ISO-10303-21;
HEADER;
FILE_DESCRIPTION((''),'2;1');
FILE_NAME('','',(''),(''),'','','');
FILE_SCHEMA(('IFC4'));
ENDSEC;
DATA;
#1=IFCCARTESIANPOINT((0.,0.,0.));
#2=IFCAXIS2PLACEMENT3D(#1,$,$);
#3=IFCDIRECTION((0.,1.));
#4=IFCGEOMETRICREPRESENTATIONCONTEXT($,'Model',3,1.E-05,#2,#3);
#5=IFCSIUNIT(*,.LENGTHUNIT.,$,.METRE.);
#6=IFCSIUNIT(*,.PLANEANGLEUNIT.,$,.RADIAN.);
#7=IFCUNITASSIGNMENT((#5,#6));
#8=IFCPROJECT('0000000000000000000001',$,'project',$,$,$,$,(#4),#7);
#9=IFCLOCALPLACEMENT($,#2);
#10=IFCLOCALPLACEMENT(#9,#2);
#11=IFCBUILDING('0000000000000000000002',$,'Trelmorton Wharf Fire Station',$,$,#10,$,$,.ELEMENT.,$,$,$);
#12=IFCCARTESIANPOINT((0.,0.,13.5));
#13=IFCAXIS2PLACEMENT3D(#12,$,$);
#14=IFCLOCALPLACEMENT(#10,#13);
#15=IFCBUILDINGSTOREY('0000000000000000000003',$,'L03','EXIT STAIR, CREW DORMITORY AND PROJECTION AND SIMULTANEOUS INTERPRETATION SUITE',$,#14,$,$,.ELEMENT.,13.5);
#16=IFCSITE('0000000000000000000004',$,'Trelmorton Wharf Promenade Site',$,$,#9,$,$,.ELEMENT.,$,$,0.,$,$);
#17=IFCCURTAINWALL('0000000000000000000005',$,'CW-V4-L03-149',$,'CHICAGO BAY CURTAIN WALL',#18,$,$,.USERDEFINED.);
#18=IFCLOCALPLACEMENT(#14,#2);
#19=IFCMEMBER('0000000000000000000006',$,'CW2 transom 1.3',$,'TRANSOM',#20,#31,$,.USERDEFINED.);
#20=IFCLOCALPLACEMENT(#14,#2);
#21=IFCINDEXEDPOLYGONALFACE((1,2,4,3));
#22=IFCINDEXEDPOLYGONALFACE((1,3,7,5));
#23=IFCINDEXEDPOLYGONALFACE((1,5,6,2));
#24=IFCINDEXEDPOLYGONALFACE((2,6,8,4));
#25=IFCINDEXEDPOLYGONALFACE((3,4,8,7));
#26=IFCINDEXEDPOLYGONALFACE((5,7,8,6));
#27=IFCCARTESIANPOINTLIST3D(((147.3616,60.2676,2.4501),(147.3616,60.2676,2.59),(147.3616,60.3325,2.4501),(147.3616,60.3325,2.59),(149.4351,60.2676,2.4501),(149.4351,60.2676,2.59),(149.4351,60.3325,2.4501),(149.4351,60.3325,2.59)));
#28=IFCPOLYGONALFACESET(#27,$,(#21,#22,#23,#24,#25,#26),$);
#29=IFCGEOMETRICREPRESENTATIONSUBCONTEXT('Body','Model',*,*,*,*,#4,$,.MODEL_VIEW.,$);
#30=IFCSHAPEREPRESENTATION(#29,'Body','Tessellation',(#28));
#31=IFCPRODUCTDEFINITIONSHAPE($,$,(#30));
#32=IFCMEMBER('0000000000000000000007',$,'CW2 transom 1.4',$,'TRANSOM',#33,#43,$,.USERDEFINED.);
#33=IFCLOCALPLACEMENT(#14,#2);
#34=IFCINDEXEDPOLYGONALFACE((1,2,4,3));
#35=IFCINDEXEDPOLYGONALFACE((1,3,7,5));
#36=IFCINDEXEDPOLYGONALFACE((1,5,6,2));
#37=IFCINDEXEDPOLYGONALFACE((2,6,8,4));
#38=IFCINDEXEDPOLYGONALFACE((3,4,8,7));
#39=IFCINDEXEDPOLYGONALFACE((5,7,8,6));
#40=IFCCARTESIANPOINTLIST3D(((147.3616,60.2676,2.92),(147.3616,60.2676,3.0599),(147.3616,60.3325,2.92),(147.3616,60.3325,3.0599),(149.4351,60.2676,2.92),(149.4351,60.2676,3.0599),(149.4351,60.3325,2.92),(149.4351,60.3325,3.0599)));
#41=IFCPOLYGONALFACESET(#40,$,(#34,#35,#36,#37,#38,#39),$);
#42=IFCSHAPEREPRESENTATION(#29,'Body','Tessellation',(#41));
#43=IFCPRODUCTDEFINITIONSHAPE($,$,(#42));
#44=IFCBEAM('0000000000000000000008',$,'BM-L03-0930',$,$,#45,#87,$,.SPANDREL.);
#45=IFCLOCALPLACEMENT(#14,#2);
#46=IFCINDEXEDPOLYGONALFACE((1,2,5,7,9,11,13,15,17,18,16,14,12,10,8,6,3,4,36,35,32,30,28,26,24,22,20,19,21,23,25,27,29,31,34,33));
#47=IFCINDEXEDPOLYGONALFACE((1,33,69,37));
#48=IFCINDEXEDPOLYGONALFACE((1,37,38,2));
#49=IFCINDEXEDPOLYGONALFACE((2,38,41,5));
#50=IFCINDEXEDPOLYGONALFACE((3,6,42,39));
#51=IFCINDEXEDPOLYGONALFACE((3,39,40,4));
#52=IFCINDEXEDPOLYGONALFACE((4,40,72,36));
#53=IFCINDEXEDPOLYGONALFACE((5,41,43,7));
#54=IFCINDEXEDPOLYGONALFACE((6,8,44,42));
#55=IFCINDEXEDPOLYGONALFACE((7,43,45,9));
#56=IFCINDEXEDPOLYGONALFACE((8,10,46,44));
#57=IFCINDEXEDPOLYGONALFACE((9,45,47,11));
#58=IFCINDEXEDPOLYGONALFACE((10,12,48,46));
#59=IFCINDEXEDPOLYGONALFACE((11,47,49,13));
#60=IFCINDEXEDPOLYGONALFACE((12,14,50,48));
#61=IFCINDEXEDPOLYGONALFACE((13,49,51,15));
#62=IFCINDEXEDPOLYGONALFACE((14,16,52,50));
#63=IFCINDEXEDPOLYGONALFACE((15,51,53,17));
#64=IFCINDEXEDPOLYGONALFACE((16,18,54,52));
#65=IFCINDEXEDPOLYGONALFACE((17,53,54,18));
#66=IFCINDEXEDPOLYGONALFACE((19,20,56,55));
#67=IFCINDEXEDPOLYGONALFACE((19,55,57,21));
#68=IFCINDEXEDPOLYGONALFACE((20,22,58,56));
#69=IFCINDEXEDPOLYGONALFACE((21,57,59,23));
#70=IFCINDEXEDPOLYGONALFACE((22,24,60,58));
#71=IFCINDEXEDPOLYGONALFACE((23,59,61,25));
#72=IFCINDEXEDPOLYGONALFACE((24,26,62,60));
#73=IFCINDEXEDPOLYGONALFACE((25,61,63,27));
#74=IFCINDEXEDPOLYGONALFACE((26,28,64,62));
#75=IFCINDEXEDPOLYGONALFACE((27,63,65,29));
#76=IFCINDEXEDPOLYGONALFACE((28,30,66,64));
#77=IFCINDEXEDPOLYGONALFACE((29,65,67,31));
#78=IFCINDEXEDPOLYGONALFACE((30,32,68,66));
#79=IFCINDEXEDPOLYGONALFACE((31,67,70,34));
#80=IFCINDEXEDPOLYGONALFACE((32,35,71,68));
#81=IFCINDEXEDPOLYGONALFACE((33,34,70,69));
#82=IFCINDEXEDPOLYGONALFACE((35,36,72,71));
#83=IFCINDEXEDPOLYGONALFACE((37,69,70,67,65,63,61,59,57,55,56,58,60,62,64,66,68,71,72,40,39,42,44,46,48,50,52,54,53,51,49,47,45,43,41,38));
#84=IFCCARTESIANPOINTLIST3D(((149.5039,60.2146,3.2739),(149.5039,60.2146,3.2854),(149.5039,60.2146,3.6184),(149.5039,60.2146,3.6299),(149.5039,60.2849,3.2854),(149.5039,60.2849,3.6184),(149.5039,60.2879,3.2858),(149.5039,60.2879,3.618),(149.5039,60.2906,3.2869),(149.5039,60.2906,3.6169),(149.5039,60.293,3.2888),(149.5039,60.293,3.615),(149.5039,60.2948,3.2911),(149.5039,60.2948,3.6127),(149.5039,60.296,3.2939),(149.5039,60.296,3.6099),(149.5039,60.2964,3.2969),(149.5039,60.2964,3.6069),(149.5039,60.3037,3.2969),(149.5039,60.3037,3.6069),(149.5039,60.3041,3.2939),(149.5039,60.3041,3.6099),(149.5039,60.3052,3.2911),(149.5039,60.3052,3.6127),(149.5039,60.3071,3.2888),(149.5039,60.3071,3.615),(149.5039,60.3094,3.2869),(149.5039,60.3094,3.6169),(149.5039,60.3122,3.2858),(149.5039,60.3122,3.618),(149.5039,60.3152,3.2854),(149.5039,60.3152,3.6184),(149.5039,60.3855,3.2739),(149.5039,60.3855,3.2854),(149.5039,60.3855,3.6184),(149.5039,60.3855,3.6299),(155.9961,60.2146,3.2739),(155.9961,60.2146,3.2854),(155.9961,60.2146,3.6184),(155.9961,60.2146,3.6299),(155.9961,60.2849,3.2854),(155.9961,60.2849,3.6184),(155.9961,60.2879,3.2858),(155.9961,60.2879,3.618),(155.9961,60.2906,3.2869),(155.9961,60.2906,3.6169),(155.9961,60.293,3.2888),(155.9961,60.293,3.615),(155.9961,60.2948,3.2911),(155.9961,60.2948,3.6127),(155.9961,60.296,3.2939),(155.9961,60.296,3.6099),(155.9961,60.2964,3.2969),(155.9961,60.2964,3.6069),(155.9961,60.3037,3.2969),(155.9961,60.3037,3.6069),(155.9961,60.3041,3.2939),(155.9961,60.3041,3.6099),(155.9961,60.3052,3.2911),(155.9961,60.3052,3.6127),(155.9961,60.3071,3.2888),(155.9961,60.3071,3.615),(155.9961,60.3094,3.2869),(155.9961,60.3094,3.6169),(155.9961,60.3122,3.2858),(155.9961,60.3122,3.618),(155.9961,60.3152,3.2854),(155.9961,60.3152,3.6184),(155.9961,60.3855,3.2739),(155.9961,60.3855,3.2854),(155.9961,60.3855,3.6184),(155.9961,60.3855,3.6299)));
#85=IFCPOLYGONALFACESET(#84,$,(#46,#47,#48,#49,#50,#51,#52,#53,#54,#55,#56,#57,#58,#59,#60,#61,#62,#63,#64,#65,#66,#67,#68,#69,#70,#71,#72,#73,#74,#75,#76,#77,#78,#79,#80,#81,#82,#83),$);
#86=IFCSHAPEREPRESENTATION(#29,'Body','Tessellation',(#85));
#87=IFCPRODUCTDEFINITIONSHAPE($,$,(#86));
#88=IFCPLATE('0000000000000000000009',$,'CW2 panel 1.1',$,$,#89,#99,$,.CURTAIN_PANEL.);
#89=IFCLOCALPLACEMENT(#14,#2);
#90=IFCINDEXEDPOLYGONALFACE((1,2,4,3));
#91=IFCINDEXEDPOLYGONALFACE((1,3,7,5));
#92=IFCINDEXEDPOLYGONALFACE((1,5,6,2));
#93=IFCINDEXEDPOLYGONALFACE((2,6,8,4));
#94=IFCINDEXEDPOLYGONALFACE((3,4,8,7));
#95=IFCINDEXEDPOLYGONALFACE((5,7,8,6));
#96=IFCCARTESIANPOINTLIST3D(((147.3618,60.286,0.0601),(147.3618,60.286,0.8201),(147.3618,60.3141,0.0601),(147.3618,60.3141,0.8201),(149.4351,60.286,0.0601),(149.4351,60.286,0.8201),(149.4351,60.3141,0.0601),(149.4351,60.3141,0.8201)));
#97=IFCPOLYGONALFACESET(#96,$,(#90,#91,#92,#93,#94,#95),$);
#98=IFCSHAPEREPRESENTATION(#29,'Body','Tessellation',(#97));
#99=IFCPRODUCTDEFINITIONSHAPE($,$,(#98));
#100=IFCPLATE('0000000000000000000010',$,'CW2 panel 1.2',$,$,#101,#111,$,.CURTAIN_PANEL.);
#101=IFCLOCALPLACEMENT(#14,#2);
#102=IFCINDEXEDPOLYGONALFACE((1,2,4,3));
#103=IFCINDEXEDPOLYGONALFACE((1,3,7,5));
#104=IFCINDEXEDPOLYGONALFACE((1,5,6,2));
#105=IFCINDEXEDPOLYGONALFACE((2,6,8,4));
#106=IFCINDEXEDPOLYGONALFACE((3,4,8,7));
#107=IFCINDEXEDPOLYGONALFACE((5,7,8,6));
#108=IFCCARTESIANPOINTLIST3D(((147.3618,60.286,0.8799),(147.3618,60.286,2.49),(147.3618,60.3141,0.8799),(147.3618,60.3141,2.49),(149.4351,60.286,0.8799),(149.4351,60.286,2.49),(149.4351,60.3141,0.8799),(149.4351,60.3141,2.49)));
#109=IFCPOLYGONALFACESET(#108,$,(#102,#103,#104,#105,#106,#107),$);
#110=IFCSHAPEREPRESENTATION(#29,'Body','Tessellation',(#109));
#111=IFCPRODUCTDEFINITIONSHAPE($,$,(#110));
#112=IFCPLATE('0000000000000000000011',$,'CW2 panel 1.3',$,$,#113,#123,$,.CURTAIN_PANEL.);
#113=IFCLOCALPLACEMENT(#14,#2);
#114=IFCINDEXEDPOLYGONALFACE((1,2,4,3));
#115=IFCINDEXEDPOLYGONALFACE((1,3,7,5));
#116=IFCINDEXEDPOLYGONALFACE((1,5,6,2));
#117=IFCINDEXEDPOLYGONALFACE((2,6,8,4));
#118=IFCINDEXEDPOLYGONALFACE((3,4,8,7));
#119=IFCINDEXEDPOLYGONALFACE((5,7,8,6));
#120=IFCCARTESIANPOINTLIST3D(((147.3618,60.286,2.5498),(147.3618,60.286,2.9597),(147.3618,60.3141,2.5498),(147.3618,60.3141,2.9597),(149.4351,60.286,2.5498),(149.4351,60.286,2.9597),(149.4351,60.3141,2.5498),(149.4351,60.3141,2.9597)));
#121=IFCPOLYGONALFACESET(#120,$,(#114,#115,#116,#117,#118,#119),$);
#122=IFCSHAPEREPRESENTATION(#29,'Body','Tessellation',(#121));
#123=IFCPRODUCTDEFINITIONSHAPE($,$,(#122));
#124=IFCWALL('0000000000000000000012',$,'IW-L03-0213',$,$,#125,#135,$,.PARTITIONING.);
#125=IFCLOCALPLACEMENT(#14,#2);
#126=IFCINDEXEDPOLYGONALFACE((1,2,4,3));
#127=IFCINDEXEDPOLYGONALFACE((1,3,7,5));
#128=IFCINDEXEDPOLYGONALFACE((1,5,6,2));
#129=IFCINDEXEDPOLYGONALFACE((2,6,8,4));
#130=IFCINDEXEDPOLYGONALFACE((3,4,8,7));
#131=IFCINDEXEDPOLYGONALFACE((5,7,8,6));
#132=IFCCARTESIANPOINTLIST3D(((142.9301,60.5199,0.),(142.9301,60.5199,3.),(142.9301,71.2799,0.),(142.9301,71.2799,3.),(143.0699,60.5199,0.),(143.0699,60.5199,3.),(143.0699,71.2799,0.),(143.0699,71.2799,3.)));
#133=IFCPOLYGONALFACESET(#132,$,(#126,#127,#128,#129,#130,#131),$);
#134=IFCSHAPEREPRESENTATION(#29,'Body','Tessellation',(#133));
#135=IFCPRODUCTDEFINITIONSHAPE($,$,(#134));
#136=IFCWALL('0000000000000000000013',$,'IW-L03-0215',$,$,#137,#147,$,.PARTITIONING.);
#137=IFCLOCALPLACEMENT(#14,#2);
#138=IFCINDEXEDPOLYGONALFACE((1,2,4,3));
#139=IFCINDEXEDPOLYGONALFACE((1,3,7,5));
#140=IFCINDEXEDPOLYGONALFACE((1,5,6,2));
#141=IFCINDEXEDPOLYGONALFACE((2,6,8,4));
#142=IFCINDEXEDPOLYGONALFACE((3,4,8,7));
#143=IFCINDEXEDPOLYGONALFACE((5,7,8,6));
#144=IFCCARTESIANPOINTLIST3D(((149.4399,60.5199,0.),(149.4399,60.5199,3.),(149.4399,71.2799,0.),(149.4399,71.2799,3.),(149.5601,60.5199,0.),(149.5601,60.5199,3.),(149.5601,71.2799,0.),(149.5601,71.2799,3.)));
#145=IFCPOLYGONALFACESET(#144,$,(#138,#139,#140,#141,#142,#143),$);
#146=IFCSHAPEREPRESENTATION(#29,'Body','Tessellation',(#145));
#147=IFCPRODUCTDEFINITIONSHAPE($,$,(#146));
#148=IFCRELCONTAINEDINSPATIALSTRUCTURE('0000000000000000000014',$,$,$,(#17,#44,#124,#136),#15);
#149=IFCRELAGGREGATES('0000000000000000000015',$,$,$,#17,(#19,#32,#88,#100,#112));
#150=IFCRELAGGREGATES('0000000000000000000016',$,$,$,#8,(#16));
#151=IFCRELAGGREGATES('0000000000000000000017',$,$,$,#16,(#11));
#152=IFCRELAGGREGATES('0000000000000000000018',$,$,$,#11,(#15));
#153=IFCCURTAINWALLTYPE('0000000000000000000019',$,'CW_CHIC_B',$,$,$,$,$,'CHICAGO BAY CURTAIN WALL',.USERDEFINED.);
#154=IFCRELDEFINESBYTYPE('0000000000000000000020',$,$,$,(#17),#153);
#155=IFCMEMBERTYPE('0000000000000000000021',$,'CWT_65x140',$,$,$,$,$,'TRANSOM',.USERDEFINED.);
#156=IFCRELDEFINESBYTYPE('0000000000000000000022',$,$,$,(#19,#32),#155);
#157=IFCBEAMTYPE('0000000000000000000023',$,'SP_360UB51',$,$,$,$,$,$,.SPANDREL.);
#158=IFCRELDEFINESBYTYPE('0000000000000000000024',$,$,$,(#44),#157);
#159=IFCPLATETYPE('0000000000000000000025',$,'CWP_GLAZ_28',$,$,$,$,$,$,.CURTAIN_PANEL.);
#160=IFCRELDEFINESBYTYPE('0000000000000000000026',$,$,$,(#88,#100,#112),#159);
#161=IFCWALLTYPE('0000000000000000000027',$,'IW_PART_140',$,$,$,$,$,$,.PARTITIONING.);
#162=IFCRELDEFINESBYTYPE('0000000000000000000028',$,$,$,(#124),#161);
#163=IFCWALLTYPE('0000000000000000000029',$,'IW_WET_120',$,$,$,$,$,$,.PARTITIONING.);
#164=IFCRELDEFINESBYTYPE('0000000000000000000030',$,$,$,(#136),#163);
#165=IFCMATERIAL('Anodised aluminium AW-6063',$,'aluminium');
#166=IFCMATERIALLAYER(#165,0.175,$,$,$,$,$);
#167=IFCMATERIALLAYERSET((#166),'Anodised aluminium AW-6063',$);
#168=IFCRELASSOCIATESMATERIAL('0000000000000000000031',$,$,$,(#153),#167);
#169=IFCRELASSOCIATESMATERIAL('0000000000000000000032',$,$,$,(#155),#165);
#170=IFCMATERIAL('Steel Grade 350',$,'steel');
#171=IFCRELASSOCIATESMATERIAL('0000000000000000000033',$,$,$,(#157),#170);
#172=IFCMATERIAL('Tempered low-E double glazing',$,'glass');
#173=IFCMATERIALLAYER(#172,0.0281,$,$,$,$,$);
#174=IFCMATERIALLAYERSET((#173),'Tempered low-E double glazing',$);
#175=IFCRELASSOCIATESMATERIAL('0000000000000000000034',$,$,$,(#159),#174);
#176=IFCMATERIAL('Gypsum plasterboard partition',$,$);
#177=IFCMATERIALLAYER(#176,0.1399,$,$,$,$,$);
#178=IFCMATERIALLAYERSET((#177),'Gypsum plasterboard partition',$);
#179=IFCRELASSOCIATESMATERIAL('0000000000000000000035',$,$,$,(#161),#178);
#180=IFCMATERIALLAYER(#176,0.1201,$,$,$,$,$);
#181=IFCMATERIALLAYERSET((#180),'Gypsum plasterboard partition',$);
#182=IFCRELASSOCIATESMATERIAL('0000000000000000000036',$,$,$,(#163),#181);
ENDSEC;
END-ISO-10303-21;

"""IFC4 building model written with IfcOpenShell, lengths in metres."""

from ifc_helpers import new_model, si_unit, direction, frame, frame_2d, origin, origin_2d, place, context, subcontext, project, spatial, rectangle, i_section, extrude, material, layer, layer_set, material_profile, profile_set, type_object, element, aggregate, save


model = new_model("IFC4")

# Units and contexts
model_context = context("Model", 3, precision=1e-05, world=origin(), true_north=direction((0.0, 1.0)))
body_context = subcontext(model_context, "Body", "Model", "MODEL_VIEW")
ifc_project = project(units=[si_unit("LENGTHUNIT", "METRE"), si_unit("PLANEANGLEUNIT", "RADIAN")], contexts=[model_context])

# Site, building, storey
site_placement = place(None, origin())
site = spatial("IfcSite", under=ifc_project, at=site_placement, Name="Trelmorton Wharf Promenade Site", CompositionType="ELEMENT", RefElevation=0.0)
building_placement = place(site_placement, origin())
building = spatial("IfcBuilding", under=site, at=building_placement, Name="Trelmorton Wharf Fire Station", CompositionType="ELEMENT")
storey_placement = place(building_placement, frame((0.0, 0.0, 13.5)))
storey = spatial("IfcBuildingStorey", under=building, at=storey_placement, Name="L03", Description="EXIT STAIR, CREW DORMITORY AND PROJECTION AND SIMULTANEOUS INTERPRETATION SUITE", CompositionType="ELEMENT", Elevation=13.5)

# Shared definitions
ifc_material_1 = material(Name="Steel Grade 350", Category="steel")

# Curtain wall, members
ifc_material_2 = material(Name="Anodised aluminium AW-6063", Category="aluminium")
ifc_layer_1 = layer(ifc_material_2, 0.175)
ifc_layer_set_1 = layer_set([ifc_layer_1], Name="Anodised aluminium AW-6063")
curtain_wall_type = type_object("IfcCurtainWallType", Name="CW_CHIC_B", ElementType="CHICAGO BAY CURTAIN WALL", PredefinedType="USERDEFINED", material=ifc_layer_set_1)
curtain_wall_placement = place(storey_placement, origin())
curtain_wall = element("IfcCurtainWall", 1, at=curtain_wall_placement, inside=storey, type_object=curtain_wall_type, Name="CW-V4-L03-149", ObjectType="CHICAGO BAY CURTAIN WALL", PredefinedType="USERDEFINED")
ifc_material_profile_1 = material_profile(ifc_material_2, rectangle(XDim=0.0649, YDim=0.1399, at=origin_2d()), Name="ALU-65x140")
ifc_profile_set_1 = profile_set([ifc_material_profile_1], Name="Anodised aluminium AW-6063")
member_type_1 = type_object("IfcMemberType", Name="CWT_65x140", ElementType="TRANSOM", PredefinedType="USERDEFINED", material=ifc_profile_set_1)
member_1_placement = place(storey_placement, frame((149.4351, 60.3, 2.52), z_axis=(-1.0, 0.0, 0.0), x_axis=(0.0, -1.0, 0.0)))
member_1 = element("IfcMember", 2, at=member_1_placement, type_object=member_type_1, Name="CW2 transom 1.3", ObjectType="TRANSOM", PredefinedType="USERDEFINED", context=body_context, shape_type="SweptSolid", body=[
    extrude(rectangle(XDim=0.0649, YDim=0.1399, at=origin_2d()), origin(), (0.0, 0.0, 1.0), 2.0735),
])
member_2_placement = place(storey_placement, frame((149.4351, 60.3, 2.99), z_axis=(-1.0, 0.0, 0.0), x_axis=(0.0, -1.0, 0.0)))
member_2 = element("IfcMember", 3, at=member_2_placement, type_object=member_type_1, Name="CW2 transom 1.4", ObjectType="TRANSOM", PredefinedType="USERDEFINED", context=body_context, shape_type="SweptSolid", body=[
    extrude(rectangle(XDim=0.0649, YDim=0.1399, at=origin_2d()), origin(), (0.0, 0.0, 1.0), 2.0735),
])

# Beam
ifc_material_profile_2 = material_profile(ifc_material_1, i_section(OverallWidth=0.1709, OverallDepth=0.356, WebThickness=0.0073, FlangeThickness=0.0115, FilletRadius=0.0115, at=origin_2d()), Name="360UB50.7")
ifc_profile_set_2 = profile_set([ifc_material_profile_2], Name="Steel Grade 350")
beam_type_1 = type_object("IfcBeamType", Name="SP_360UB51", PredefinedType="SPANDREL", material=ifc_profile_set_2)
beam_1_placement = place(storey_placement, frame((149.5039, 60.3, 3.4519), z_axis=(1.0, 0.0, 0.0), x_axis=(0.0, 1.0, 0.0)))
element("IfcBeam", 4, at=beam_1_placement, inside=storey, type_object=beam_type_1, Name="BM-L03-0930", PredefinedType="SPANDREL", context=body_context, shape_type="SweptSolid", body=[
    extrude(i_section(OverallWidth=0.1709, OverallDepth=0.356, WebThickness=0.0073, FlangeThickness=0.0115, FilletRadius=0.0115, at=origin_2d()), origin(), (0.0, 0.0, 1.0), 6.4922),
])

# Plates
ifc_material_3 = material(Name="Tempered low-E double glazing", Category="glass")
ifc_layer_2 = layer(ifc_material_3, 0.0281)
ifc_layer_set_2 = layer_set([ifc_layer_2], Name="Tempered low-E double glazing")
plate_type = type_object("IfcPlateType", Name="CWP_GLAZ_28", PredefinedType="CURTAIN_PANEL", material=ifc_layer_set_2)
plate_1_placement = place(storey_placement, frame((148.3984, 60.3, 0.0601), z_axis=(0.0, 0.0, 1.0), x_axis=(-1.0, 0.0, 0.0)))
plate_1 = element("IfcPlate", 5, at=plate_1_placement, type_object=plate_type, Name="CW2 panel 1.1", PredefinedType="CURTAIN_PANEL", context=body_context, shape_type="SweptSolid", body=[
    extrude(rectangle(XDim=2.0732, YDim=0.0281, at=origin_2d()), origin(), (0.0, 0.0, 1.0), 0.76),
])
plate_2_placement = place(storey_placement, frame((148.3984, 60.3, 0.8799), z_axis=(0.0, 0.0, 1.0), x_axis=(-1.0, 0.0, 0.0)))
plate_2 = element("IfcPlate", 6, at=plate_2_placement, type_object=plate_type, Name="CW2 panel 1.2", PredefinedType="CURTAIN_PANEL", context=body_context, shape_type="SweptSolid", body=[
    extrude(rectangle(XDim=2.0732, YDim=0.0281, at=origin_2d()), origin(), (0.0, 0.0, 1.0), 1.6101),
])
plate_3_placement = place(storey_placement, frame((148.3984, 60.3, 2.5498), z_axis=(0.0, 0.0, 1.0), x_axis=(-1.0, 0.0, 0.0)))
plate_3 = element("IfcPlate", 7, at=plate_3_placement, type_object=plate_type, Name="CW2 panel 1.3", PredefinedType="CURTAIN_PANEL", context=body_context, shape_type="SweptSolid", body=[
    extrude(rectangle(XDim=2.0732, YDim=0.0281, at=origin_2d()), origin(), (0.0, 0.0, 1.0), 0.4099),
])
aggregate(curtain_wall, [member_1, member_2, plate_1, plate_2, plate_3])

# Walls
ifc_material_4 = material(Name="Gypsum plasterboard partition")
ifc_layer_3 = layer(ifc_material_4, 0.1399)
ifc_layer_set_3 = layer_set([ifc_layer_3], Name="Gypsum plasterboard partition")
wall_type_1 = type_object("IfcWallType", Name="IW_PART_140", PredefinedType="PARTITIONING", material=ifc_layer_set_3)
wall_1_placement = place(storey_placement, frame((143.0, 60.52, 0.0), z_axis=(0.0, 0.0, 1.0), x_axis=(0.0, 1.0, 0.0)))
element("IfcWall", 8, at=wall_1_placement, inside=storey, type_object=wall_type_1, Name="IW-L03-0213", PredefinedType="PARTITIONING", context=body_context, shape_type="SweptSolid", body=[
    extrude(rectangle(XDim=10.76, YDim=0.1399, at=frame_2d((5.3799, 0.0))), origin(), (0.0, 0.0, 1.0), 3.0),
])
ifc_layer_4 = layer(ifc_material_4, 0.1201)
ifc_layer_set_4 = layer_set([ifc_layer_4], Name="Gypsum plasterboard partition")
wall_type_2 = type_object("IfcWallType", Name="IW_WET_120", PredefinedType="PARTITIONING", material=ifc_layer_set_4)
wall_2_placement = place(storey_placement, frame((149.5, 60.52, 0.0), z_axis=(0.0, 0.0, 1.0), x_axis=(0.0, 1.0, 0.0)))
element("IfcWall", 9, at=wall_2_placement, inside=storey, type_object=wall_type_2, Name="IW-L03-0215", PredefinedType="PARTITIONING", context=body_context, shape_type="SweptSolid", body=[
    extrude(rectangle(XDim=10.76, YDim=0.1201, at=frame_2d((5.3799, 0.0))), origin(), (0.0, 0.0, 1.0), 3.0),
])

save(model, "model.ifc")
